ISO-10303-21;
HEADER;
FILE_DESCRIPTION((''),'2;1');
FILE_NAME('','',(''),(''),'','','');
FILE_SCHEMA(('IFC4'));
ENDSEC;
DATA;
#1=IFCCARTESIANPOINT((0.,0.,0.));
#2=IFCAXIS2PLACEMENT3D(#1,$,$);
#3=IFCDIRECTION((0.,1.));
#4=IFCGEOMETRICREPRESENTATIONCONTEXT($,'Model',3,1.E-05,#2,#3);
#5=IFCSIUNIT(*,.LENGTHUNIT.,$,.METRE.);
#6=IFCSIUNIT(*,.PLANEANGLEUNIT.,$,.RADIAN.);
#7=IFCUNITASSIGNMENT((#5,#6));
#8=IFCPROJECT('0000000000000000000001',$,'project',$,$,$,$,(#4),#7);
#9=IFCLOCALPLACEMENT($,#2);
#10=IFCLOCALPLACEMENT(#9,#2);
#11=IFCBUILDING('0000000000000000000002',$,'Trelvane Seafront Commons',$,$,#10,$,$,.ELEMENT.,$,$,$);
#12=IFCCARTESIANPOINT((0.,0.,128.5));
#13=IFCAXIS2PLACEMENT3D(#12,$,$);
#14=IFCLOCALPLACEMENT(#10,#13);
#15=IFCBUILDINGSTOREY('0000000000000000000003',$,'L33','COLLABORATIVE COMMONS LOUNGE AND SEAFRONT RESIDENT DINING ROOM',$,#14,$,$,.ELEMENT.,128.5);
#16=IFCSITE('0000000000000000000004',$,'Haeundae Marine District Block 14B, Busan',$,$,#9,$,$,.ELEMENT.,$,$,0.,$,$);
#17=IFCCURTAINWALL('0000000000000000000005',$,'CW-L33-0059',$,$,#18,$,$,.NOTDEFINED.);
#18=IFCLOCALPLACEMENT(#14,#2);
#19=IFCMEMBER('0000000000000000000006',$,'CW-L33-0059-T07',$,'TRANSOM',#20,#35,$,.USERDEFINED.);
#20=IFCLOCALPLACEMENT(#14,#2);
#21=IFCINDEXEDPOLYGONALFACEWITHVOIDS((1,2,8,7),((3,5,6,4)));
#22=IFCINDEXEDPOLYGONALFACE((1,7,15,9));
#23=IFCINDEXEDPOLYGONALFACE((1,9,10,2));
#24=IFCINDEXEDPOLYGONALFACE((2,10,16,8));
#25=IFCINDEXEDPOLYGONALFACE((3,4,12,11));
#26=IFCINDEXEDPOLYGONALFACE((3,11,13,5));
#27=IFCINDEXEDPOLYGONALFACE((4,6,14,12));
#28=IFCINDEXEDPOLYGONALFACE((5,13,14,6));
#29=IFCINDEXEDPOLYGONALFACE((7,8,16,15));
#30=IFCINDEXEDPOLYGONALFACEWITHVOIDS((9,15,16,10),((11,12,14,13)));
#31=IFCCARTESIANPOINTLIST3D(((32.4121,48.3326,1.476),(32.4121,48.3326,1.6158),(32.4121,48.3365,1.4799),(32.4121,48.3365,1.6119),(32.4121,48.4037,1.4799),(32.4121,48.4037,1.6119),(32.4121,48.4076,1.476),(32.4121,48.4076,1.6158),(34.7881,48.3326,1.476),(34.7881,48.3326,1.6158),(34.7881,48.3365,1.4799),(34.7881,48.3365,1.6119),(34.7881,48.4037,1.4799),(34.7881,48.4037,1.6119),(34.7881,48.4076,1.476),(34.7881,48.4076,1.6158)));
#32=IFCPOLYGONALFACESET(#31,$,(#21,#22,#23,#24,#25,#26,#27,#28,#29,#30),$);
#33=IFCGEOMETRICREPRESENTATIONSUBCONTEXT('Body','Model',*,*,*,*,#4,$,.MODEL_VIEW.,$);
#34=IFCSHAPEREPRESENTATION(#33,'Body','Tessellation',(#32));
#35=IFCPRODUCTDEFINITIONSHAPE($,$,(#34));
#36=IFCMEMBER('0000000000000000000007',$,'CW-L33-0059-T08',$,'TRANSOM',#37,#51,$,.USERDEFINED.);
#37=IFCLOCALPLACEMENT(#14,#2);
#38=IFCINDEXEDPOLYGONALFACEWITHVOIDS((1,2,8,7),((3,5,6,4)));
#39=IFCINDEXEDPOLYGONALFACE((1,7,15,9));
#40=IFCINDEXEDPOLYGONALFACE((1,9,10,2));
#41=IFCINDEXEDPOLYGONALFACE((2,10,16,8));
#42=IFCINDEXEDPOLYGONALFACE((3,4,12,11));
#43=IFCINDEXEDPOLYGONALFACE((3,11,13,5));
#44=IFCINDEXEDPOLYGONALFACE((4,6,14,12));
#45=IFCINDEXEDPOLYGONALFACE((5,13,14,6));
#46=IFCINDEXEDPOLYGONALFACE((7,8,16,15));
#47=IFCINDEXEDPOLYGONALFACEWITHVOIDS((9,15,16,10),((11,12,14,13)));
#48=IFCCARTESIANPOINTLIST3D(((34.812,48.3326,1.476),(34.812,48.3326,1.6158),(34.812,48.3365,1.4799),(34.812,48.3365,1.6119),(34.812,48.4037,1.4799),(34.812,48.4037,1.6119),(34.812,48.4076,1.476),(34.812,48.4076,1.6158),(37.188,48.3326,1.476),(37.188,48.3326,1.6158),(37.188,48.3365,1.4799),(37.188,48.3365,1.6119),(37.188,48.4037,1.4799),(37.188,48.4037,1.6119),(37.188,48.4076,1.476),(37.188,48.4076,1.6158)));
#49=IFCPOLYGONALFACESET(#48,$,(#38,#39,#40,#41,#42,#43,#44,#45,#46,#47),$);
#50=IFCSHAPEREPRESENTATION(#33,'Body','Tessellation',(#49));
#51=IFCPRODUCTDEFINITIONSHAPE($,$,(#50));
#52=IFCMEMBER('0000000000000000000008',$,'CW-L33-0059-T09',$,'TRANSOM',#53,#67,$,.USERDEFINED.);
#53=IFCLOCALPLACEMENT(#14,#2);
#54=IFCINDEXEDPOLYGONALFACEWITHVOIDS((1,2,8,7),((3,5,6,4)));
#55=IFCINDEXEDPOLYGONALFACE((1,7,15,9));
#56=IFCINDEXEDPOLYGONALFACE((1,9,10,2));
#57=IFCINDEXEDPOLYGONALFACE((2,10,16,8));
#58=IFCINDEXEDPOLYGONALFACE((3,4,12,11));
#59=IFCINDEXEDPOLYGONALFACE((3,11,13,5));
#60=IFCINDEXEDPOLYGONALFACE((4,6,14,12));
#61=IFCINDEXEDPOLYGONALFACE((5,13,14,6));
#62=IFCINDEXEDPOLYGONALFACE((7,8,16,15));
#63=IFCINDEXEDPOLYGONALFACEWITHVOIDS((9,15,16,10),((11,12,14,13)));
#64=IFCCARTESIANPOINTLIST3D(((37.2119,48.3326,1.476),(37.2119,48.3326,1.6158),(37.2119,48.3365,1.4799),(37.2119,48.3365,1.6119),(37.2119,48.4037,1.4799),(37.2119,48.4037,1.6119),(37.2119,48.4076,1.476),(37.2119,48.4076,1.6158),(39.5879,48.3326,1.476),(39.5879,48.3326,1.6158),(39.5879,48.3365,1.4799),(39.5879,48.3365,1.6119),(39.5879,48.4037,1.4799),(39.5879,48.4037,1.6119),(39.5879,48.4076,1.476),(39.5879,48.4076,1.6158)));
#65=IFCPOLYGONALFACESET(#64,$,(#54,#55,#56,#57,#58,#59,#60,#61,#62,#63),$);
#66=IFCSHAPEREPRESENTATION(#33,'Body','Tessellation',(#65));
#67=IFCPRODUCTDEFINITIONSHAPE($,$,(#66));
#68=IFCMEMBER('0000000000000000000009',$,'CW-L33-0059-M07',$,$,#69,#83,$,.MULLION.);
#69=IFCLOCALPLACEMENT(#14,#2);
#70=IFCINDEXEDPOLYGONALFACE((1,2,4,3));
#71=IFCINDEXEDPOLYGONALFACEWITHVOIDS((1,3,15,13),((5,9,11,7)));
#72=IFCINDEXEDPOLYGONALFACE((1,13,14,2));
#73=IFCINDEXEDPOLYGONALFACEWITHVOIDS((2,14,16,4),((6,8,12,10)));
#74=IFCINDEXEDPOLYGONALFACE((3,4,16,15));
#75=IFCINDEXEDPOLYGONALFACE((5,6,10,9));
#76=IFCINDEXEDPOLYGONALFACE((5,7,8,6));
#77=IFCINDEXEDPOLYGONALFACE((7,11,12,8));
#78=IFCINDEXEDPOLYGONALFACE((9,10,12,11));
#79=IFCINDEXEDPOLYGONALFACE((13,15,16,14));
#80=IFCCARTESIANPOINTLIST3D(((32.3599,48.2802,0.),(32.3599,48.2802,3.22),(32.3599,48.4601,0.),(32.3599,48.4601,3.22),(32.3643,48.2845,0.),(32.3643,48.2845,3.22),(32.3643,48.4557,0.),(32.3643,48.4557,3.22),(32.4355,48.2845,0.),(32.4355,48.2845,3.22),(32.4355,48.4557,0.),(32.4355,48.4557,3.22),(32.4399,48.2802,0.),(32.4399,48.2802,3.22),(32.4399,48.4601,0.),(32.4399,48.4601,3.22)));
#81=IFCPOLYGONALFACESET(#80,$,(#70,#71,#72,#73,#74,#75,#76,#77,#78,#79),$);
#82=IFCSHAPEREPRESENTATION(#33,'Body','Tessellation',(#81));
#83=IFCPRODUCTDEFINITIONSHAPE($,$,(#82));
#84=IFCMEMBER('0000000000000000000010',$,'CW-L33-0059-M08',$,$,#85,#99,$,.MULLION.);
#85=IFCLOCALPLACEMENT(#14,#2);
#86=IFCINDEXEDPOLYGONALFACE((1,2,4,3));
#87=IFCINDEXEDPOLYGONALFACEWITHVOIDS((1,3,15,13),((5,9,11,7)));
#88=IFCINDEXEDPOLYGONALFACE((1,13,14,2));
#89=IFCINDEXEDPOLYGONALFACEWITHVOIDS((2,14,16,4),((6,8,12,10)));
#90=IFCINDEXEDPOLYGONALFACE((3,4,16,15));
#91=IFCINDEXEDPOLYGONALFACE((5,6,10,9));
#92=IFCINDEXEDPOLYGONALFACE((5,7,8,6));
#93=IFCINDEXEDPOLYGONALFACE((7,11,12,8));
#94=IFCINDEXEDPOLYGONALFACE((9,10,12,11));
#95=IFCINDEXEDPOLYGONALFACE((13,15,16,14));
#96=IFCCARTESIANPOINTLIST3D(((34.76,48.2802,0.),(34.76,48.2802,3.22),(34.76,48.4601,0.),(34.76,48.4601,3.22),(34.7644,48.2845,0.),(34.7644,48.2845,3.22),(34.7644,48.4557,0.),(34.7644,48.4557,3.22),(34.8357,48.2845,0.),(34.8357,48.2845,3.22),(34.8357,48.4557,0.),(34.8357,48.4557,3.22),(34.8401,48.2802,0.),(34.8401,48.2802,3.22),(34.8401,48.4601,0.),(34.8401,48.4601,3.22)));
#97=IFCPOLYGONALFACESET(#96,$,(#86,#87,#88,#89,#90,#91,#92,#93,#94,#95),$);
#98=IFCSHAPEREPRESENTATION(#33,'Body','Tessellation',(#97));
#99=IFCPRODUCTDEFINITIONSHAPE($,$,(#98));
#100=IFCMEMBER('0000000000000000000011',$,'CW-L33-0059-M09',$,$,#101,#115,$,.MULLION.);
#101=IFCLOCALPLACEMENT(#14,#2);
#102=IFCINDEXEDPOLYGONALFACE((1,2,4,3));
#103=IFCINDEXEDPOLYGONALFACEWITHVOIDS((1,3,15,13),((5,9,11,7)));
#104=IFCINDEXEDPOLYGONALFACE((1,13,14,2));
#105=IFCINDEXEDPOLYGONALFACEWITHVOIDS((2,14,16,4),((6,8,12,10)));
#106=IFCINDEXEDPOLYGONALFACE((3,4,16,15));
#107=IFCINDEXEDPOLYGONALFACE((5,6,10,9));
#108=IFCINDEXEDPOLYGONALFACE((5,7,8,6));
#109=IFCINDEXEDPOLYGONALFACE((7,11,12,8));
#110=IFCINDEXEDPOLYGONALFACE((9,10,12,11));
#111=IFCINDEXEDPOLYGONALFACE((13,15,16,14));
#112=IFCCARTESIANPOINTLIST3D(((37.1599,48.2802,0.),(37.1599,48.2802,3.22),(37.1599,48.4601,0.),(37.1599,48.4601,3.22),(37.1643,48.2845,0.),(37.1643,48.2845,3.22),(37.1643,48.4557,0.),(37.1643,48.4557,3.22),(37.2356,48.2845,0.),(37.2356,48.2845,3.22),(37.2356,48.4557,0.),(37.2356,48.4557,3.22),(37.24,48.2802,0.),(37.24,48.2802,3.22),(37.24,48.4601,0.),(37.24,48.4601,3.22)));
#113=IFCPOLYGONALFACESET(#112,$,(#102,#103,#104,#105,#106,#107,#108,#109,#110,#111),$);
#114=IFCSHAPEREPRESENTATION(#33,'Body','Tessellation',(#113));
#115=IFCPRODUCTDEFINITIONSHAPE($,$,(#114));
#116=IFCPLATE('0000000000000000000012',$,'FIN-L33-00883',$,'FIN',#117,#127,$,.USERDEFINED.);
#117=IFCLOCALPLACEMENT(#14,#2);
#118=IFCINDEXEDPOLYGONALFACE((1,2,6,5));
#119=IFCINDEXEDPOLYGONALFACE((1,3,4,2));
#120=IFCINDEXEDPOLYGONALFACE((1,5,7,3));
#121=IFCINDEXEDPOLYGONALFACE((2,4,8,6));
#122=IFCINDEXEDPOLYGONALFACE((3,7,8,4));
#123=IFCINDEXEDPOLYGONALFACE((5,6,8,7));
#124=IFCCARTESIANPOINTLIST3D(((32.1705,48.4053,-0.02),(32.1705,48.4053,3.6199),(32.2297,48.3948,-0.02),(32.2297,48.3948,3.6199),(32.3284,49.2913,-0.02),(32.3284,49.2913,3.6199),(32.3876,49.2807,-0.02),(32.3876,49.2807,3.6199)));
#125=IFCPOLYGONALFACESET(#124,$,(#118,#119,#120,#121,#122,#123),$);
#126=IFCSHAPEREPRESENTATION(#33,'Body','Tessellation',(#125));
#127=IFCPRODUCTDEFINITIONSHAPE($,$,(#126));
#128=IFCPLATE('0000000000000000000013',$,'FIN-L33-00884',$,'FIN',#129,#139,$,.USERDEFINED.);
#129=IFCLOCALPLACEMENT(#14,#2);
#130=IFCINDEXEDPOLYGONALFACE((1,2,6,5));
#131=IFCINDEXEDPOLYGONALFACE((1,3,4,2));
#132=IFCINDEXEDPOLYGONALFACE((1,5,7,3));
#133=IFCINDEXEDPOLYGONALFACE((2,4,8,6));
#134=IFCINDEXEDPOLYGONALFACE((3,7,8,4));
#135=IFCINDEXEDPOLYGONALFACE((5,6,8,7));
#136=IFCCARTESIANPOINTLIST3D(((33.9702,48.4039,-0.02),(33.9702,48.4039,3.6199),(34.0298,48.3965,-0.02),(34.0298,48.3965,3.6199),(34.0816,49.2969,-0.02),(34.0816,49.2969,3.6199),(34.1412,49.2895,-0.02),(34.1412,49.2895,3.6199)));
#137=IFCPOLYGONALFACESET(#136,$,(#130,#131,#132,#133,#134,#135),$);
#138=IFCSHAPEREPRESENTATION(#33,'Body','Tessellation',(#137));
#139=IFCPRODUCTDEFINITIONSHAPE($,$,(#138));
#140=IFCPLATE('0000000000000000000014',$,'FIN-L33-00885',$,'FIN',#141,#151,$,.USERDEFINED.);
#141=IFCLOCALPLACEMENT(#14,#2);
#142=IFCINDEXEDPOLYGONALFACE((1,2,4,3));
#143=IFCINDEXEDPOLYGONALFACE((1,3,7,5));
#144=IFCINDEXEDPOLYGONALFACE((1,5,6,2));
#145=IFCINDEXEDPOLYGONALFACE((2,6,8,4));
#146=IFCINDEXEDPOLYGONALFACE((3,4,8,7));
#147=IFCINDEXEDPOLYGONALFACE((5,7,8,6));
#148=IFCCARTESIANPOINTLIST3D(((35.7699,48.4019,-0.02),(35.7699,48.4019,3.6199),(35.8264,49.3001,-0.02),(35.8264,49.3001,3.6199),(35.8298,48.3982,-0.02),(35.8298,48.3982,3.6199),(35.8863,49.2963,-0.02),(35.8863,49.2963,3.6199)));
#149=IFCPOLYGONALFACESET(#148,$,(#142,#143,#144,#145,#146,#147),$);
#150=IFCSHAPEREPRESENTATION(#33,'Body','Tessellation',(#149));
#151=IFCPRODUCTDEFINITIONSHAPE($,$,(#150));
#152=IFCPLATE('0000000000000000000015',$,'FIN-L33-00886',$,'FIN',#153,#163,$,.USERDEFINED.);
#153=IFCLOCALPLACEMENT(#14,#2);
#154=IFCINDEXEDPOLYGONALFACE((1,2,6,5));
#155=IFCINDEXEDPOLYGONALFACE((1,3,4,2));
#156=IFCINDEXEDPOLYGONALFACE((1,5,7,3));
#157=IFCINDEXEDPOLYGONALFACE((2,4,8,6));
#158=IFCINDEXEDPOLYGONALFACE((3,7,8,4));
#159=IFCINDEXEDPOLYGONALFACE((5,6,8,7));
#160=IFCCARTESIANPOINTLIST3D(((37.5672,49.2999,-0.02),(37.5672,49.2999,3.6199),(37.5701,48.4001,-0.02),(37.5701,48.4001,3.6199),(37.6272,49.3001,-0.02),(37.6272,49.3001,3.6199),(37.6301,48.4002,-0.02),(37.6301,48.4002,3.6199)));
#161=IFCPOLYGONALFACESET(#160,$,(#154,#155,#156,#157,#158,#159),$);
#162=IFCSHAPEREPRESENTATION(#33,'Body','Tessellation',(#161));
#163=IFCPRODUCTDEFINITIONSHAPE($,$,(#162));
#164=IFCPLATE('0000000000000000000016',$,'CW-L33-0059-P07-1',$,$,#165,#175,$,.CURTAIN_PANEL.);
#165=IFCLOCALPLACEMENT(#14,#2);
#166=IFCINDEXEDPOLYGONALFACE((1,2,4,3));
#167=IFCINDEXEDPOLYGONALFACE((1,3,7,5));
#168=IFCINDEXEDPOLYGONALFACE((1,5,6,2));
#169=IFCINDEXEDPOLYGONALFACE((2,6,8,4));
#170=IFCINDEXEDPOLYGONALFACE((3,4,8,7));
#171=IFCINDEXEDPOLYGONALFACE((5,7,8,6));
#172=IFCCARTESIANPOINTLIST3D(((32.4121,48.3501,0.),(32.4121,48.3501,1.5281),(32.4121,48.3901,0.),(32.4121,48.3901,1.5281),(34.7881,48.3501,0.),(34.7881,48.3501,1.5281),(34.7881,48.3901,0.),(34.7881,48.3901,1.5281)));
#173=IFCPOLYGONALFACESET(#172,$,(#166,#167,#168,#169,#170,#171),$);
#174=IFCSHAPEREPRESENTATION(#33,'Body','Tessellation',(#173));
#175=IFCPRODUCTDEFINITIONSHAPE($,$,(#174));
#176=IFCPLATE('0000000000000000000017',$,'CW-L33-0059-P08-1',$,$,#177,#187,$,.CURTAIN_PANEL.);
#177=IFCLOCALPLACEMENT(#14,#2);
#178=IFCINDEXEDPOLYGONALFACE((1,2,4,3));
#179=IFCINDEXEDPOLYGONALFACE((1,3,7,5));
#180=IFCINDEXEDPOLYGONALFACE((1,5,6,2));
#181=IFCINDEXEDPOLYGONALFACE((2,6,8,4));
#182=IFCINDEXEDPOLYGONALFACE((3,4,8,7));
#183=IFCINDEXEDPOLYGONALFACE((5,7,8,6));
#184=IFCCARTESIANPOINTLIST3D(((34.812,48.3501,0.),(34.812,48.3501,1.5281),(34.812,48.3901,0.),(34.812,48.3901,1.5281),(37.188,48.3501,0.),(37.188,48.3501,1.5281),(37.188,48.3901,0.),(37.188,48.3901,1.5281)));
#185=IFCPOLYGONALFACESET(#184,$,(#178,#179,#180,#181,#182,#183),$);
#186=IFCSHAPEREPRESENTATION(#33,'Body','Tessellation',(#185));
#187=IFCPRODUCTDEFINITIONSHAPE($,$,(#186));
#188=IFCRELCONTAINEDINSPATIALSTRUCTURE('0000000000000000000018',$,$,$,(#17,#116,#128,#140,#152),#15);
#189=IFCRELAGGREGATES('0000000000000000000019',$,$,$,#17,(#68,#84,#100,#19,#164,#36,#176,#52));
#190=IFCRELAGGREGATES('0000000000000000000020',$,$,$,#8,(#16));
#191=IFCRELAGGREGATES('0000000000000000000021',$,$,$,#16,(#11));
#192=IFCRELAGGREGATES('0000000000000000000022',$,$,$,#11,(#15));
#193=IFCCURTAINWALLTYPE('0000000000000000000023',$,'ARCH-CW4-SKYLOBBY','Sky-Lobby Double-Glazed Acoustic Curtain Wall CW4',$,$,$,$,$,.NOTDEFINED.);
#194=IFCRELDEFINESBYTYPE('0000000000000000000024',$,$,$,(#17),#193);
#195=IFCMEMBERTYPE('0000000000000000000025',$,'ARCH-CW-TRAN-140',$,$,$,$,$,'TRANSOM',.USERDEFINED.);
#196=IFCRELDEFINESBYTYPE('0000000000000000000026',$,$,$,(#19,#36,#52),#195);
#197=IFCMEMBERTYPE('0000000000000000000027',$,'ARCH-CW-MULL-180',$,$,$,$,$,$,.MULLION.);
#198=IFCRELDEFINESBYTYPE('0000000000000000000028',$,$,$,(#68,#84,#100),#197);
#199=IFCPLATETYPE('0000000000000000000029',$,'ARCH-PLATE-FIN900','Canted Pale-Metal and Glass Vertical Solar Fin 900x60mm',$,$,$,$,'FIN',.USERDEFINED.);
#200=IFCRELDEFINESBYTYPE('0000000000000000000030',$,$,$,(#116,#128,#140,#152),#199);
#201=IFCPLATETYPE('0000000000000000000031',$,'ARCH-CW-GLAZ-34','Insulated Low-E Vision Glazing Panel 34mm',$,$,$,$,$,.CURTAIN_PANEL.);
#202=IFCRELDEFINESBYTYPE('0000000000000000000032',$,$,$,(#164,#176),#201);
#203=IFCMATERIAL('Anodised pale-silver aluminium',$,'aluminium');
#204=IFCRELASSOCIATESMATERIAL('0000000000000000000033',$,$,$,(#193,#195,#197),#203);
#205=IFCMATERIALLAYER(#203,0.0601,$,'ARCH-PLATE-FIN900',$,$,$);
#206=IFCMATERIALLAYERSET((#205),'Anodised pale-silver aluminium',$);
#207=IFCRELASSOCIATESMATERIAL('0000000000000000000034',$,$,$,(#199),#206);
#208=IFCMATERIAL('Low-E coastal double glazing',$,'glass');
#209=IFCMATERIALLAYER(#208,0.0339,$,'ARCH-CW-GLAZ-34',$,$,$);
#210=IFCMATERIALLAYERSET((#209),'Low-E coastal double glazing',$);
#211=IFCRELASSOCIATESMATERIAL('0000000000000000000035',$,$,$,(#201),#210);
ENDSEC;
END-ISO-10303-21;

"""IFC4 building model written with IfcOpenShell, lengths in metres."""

from ifc_helpers import new_model, si_unit, direction, frame, origin, origin_2d, place, context, subcontext, project, spatial, rectangle, hollow_rectangle, extrude, source, transform, mapped, material, layer, layer_set, material_profile, profile_set, type_object, element, aggregate, save


model = new_model("IFC4")

# Units and contexts
model_context = context("Model", 3, precision=1e-05, world=origin(), true_north=direction((0.0, 1.0)))
body_context = subcontext(model_context, "Body", "Model", "MODEL_VIEW")
ifc_project = project(units=[si_unit("LENGTHUNIT", "METRE"), si_unit("PLANEANGLEUNIT", "RADIAN")], contexts=[model_context])

# Site, building, storey
site_placement = place(None, origin())
site = spatial("IfcSite", under=ifc_project, at=site_placement, Name="Haeundae Marine District Block 14B, Busan", CompositionType="ELEMENT", RefElevation=0.0)
building_placement = place(site_placement, origin())
building = spatial("IfcBuilding", under=site, at=building_placement, Name="Trelvane Seafront Commons", CompositionType="ELEMENT")
storey_placement = place(building_placement, frame((0.0, 0.0, 128.5)))
storey = spatial("IfcBuildingStorey", under=building, at=storey_placement, Name="L33", Description="COLLABORATIVE COMMONS LOUNGE AND SEAFRONT RESIDENT DINING ROOM", CompositionType="ELEMENT", Elevation=128.5)

# Curtain wall, members
ifc_material_1 = material(Name="Anodised pale-silver aluminium", Category="aluminium")
curtain_wall_type = type_object("IfcCurtainWallType", Name="ARCH-CW4-SKYLOBBY", Description="Sky-Lobby Double-Glazed Acoustic Curtain Wall CW4", PredefinedType="NOTDEFINED", material=ifc_material_1)
curtain_wall_placement = place(storey_placement, origin())
curtain_wall = element("IfcCurtainWall", 1, at=curtain_wall_placement, inside=storey, type_object=curtain_wall_type, Name="CW-L33-0059", PredefinedType="NOTDEFINED")
ifc_material_profile_1 = material_profile(ifc_material_1, hollow_rectangle(XDim=0.075, YDim=0.1399, WallThickness=0.0039, at=origin_2d()), Name="TRAN-75x140x4")
ifc_profile_set_1 = profile_set([ifc_material_profile_1], Name="Anodised pale-silver aluminium")
member_type_1 = type_object("IfcMemberType", Name="ARCH-CW-TRAN-140", ElementType="TRANSOM", PredefinedType="USERDEFINED", material=ifc_profile_set_1)
shared_shape_1 = source(origin(), body_context, "Body", "SweptSolid", [
    extrude(hollow_rectangle(XDim=0.075, YDim=0.1399, WallThickness=0.0039, at=origin_2d()), origin(), (0.0, 0.0, 1.0), 2.376),
])
member_1_placement = place(storey_placement, frame((32.4121, 48.3701, 1.5459), z_axis=(1.0, 0.0, 0.0), x_axis=(0.0, 1.0, 0.0)))
member_1 = element("IfcMember", 2, at=member_1_placement, type_object=member_type_1, Name="CW-L33-0059-T07", ObjectType="TRANSOM", PredefinedType="USERDEFINED", context=body_context, shape_type="MappedRepresentation", body=[
    mapped(shared_shape_1, transform((0.0, 0.0, 0.0), x_axis=(1.0, 0.0, 0.0), y_axis=(0.0, 1.0, 0.0), z_axis=(0.0, 0.0, 1.0), scale=1.0)),
])
member_2_placement = place(storey_placement, frame((34.812, 48.3701, 1.5459), z_axis=(1.0, 0.0, 0.0), x_axis=(0.0, 1.0, 0.0)))
member_2 = element("IfcMember", 3, at=member_2_placement, type_object=member_type_1, Name="CW-L33-0059-T08", ObjectType="TRANSOM", PredefinedType="USERDEFINED", context=body_context, shape_type="MappedRepresentation", body=[
    mapped(shared_shape_1, transform((0.0, 0.0, 0.0), x_axis=(1.0, 0.0, 0.0), y_axis=(0.0, 1.0, 0.0), z_axis=(0.0, 0.0, 1.0), scale=1.0)),
])
member_3_placement = place(storey_placement, frame((37.2119, 48.3701, 1.5459), z_axis=(1.0, 0.0, 0.0), x_axis=(0.0, 1.0, 0.0)))
member_3 = element("IfcMember", 4, at=member_3_placement, type_object=member_type_1, Name="CW-L33-0059-T09", ObjectType="TRANSOM", PredefinedType="USERDEFINED", context=body_context, shape_type="MappedRepresentation", body=[
    mapped(shared_shape_1, transform((0.0, 0.0, 0.0), x_axis=(1.0, 0.0, 0.0), y_axis=(0.0, 1.0, 0.0), z_axis=(0.0, 0.0, 1.0), scale=1.0)),
])
ifc_material_profile_2 = material_profile(ifc_material_1, hollow_rectangle(XDim=0.0801, YDim=0.1799, WallThickness=0.0044, at=origin_2d()), Name="MULL-80x180x4.5")
ifc_profile_set_2 = profile_set([ifc_material_profile_2], Name="Anodised pale-silver aluminium")
member_type_2 = type_object("IfcMemberType", Name="ARCH-CW-MULL-180", PredefinedType="MULLION", material=ifc_profile_set_2)
shared_shape_2 = source(origin(), body_context, "Body", "SweptSolid", [
    extrude(hollow_rectangle(XDim=0.0801, YDim=0.1799, WallThickness=0.0044, at=origin_2d()), origin(), (0.0, 0.0, 1.0), 3.22),
])
member_4_placement = place(storey_placement, frame((32.3999, 48.3701, 0.0), z_axis=(0.0, 0.0, 1.0), x_axis=(1.0, 0.0, 0.0)))
member_4 = element("IfcMember", 5, at=member_4_placement, type_object=member_type_2, Name="CW-L33-0059-M07", PredefinedType="MULLION", context=body_context, shape_type="MappedRepresentation", body=[
    mapped(shared_shape_2, transform((0.0, 0.0, 0.0), x_axis=(1.0, 0.0, 0.0), y_axis=(0.0, 1.0, 0.0), z_axis=(0.0, 0.0, 1.0), scale=1.0)),
])
member_5_placement = place(storey_placement, frame((34.8, 48.3701, 0.0), z_axis=(0.0, 0.0, 1.0), x_axis=(1.0, 0.0, 0.0)))
member_5 = element("IfcMember", 6, at=member_5_placement, type_object=member_type_2, Name="CW-L33-0059-M08", PredefinedType="MULLION", context=body_context, shape_type="MappedRepresentation", body=[
    mapped(shared_shape_2, transform((0.0, 0.0, 0.0), x_axis=(1.0, 0.0, 0.0), y_axis=(0.0, 1.0, 0.0), z_axis=(0.0, 0.0, 1.0), scale=1.0)),
])
member_6_placement = place(storey_placement, frame((37.2, 48.3701, 0.0), z_axis=(0.0, 0.0, 1.0), x_axis=(1.0, 0.0, 0.0)))
member_6 = element("IfcMember", 7, at=member_6_placement, type_object=member_type_2, Name="CW-L33-0059-M09", PredefinedType="MULLION", context=body_context, shape_type="MappedRepresentation", body=[
    mapped(shared_shape_2, transform((0.0, 0.0, 0.0), x_axis=(1.0, 0.0, 0.0), y_axis=(0.0, 1.0, 0.0), z_axis=(0.0, 0.0, 1.0), scale=1.0)),
])

# Plates
ifc_layer_1 = layer(ifc_material_1, 0.0601, Name="ARCH-PLATE-FIN900")
ifc_layer_set_1 = layer_set([ifc_layer_1], Name="Anodised pale-silver aluminium")
plate_type_1 = type_object("IfcPlateType", Name="ARCH-PLATE-FIN900", Description="Canted Pale-Metal and Glass Vertical Solar Fin 900x60mm", ElementType="FIN", PredefinedType="USERDEFINED", material=ifc_layer_set_1)
shared_shape_3 = source(origin(), body_context, "Body", "SweptSolid", [
    extrude(rectangle(XDim=0.8999, YDim=0.0601, at=origin_2d()), origin(), (0.0, 0.0, 1.0), 3.6399),
])
for number, where, z_axis, x_axis, name in (
    (8, (32.2791, 48.843, -0.02), (0.0, 0.0, 1.0), (0.175453, 0.984488, 0.0), "FIN-L33-00883"),
    (9, (34.0557, 48.8467, -0.02), (0.0, 0.0, 1.0), (0.123775, 0.99231, 0.0), "FIN-L33-00884"),
    (10, (35.8281, 48.8491, -0.02), (0.0, 0.0, 1.0), (0.06278, 0.998027, 0.0), "FIN-L33-00885"),
    (11, (37.5986, 48.8501, -0.02), (0.0, 0.0, 1.0), (-0.003222, 0.999995, 0.0), "FIN-L33-00886"),
):
    element("IfcPlate", number, at=place(storey_placement, frame(where, z_axis=z_axis, x_axis=x_axis)), inside=storey, type_object=plate_type_1, Name=name, ObjectType="FIN", PredefinedType="USERDEFINED", context=body_context, shape_type="MappedRepresentation", body=[
        mapped(shared_shape_3, transform((0.0, 0.0, 0.0), x_axis=(1.0, 0.0, 0.0), y_axis=(0.0, 1.0, 0.0), z_axis=(0.0, 0.0, 1.0), scale=1.0)),
    ])

# Plates
ifc_material_2 = material(Name="Low-E coastal double glazing", Category="glass")
ifc_layer_2 = layer(ifc_material_2, 0.0339, Name="ARCH-CW-GLAZ-34")
ifc_layer_set_2 = layer_set([ifc_layer_2], Name="Low-E coastal double glazing")
plate_type_2 = type_object("IfcPlateType", Name="ARCH-CW-GLAZ-34", Description="Insulated Low-E Vision Glazing Panel 34mm", PredefinedType="CURTAIN_PANEL", material=ifc_layer_set_2)
shared_shape_4 = source(origin(), body_context, "Body", "SweptSolid", [
    extrude(rectangle(XDim=2.376, YDim=0.04, at=origin_2d()), origin(), (0.0, 0.0, 1.0), 1.5281),
])
plate_1_placement = place(storey_placement, frame((33.6001, 48.3701, 0.0), z_axis=(0.0, 0.0, 1.0), x_axis=(1.0, 0.0, 0.0)))
plate_1 = element("IfcPlate", 12, at=plate_1_placement, type_object=plate_type_2, Name="CW-L33-0059-P07-1", PredefinedType="CURTAIN_PANEL", context=body_context, shape_type="MappedRepresentation", body=[
    mapped(shared_shape_4, transform((0.0, 0.0, 0.0), x_axis=(1.0, 0.0, 0.0), y_axis=(0.0, 1.0, 0.0), z_axis=(0.0, 0.0, 1.0), scale=1.0)),
])
plate_2_placement = place(storey_placement, frame((36.0, 48.3701, 0.0), z_axis=(0.0, 0.0, 1.0), x_axis=(1.0, 0.0, 0.0)))
plate_2 = element("IfcPlate", 13, at=plate_2_placement, type_object=plate_type_2, Name="CW-L33-0059-P08-1", PredefinedType="CURTAIN_PANEL", context=body_context, shape_type="MappedRepresentation", body=[
    mapped(shared_shape_4, transform((0.0, 0.0, 0.0), x_axis=(1.0, 0.0, 0.0), y_axis=(0.0, 1.0, 0.0), z_axis=(0.0, 0.0, 1.0), scale=1.0)),
])
aggregate(curtain_wall, [member_4, member_5, member_6, member_1, plate_1, member_2, plate_2, member_3])

save(model, "model.ifc")
